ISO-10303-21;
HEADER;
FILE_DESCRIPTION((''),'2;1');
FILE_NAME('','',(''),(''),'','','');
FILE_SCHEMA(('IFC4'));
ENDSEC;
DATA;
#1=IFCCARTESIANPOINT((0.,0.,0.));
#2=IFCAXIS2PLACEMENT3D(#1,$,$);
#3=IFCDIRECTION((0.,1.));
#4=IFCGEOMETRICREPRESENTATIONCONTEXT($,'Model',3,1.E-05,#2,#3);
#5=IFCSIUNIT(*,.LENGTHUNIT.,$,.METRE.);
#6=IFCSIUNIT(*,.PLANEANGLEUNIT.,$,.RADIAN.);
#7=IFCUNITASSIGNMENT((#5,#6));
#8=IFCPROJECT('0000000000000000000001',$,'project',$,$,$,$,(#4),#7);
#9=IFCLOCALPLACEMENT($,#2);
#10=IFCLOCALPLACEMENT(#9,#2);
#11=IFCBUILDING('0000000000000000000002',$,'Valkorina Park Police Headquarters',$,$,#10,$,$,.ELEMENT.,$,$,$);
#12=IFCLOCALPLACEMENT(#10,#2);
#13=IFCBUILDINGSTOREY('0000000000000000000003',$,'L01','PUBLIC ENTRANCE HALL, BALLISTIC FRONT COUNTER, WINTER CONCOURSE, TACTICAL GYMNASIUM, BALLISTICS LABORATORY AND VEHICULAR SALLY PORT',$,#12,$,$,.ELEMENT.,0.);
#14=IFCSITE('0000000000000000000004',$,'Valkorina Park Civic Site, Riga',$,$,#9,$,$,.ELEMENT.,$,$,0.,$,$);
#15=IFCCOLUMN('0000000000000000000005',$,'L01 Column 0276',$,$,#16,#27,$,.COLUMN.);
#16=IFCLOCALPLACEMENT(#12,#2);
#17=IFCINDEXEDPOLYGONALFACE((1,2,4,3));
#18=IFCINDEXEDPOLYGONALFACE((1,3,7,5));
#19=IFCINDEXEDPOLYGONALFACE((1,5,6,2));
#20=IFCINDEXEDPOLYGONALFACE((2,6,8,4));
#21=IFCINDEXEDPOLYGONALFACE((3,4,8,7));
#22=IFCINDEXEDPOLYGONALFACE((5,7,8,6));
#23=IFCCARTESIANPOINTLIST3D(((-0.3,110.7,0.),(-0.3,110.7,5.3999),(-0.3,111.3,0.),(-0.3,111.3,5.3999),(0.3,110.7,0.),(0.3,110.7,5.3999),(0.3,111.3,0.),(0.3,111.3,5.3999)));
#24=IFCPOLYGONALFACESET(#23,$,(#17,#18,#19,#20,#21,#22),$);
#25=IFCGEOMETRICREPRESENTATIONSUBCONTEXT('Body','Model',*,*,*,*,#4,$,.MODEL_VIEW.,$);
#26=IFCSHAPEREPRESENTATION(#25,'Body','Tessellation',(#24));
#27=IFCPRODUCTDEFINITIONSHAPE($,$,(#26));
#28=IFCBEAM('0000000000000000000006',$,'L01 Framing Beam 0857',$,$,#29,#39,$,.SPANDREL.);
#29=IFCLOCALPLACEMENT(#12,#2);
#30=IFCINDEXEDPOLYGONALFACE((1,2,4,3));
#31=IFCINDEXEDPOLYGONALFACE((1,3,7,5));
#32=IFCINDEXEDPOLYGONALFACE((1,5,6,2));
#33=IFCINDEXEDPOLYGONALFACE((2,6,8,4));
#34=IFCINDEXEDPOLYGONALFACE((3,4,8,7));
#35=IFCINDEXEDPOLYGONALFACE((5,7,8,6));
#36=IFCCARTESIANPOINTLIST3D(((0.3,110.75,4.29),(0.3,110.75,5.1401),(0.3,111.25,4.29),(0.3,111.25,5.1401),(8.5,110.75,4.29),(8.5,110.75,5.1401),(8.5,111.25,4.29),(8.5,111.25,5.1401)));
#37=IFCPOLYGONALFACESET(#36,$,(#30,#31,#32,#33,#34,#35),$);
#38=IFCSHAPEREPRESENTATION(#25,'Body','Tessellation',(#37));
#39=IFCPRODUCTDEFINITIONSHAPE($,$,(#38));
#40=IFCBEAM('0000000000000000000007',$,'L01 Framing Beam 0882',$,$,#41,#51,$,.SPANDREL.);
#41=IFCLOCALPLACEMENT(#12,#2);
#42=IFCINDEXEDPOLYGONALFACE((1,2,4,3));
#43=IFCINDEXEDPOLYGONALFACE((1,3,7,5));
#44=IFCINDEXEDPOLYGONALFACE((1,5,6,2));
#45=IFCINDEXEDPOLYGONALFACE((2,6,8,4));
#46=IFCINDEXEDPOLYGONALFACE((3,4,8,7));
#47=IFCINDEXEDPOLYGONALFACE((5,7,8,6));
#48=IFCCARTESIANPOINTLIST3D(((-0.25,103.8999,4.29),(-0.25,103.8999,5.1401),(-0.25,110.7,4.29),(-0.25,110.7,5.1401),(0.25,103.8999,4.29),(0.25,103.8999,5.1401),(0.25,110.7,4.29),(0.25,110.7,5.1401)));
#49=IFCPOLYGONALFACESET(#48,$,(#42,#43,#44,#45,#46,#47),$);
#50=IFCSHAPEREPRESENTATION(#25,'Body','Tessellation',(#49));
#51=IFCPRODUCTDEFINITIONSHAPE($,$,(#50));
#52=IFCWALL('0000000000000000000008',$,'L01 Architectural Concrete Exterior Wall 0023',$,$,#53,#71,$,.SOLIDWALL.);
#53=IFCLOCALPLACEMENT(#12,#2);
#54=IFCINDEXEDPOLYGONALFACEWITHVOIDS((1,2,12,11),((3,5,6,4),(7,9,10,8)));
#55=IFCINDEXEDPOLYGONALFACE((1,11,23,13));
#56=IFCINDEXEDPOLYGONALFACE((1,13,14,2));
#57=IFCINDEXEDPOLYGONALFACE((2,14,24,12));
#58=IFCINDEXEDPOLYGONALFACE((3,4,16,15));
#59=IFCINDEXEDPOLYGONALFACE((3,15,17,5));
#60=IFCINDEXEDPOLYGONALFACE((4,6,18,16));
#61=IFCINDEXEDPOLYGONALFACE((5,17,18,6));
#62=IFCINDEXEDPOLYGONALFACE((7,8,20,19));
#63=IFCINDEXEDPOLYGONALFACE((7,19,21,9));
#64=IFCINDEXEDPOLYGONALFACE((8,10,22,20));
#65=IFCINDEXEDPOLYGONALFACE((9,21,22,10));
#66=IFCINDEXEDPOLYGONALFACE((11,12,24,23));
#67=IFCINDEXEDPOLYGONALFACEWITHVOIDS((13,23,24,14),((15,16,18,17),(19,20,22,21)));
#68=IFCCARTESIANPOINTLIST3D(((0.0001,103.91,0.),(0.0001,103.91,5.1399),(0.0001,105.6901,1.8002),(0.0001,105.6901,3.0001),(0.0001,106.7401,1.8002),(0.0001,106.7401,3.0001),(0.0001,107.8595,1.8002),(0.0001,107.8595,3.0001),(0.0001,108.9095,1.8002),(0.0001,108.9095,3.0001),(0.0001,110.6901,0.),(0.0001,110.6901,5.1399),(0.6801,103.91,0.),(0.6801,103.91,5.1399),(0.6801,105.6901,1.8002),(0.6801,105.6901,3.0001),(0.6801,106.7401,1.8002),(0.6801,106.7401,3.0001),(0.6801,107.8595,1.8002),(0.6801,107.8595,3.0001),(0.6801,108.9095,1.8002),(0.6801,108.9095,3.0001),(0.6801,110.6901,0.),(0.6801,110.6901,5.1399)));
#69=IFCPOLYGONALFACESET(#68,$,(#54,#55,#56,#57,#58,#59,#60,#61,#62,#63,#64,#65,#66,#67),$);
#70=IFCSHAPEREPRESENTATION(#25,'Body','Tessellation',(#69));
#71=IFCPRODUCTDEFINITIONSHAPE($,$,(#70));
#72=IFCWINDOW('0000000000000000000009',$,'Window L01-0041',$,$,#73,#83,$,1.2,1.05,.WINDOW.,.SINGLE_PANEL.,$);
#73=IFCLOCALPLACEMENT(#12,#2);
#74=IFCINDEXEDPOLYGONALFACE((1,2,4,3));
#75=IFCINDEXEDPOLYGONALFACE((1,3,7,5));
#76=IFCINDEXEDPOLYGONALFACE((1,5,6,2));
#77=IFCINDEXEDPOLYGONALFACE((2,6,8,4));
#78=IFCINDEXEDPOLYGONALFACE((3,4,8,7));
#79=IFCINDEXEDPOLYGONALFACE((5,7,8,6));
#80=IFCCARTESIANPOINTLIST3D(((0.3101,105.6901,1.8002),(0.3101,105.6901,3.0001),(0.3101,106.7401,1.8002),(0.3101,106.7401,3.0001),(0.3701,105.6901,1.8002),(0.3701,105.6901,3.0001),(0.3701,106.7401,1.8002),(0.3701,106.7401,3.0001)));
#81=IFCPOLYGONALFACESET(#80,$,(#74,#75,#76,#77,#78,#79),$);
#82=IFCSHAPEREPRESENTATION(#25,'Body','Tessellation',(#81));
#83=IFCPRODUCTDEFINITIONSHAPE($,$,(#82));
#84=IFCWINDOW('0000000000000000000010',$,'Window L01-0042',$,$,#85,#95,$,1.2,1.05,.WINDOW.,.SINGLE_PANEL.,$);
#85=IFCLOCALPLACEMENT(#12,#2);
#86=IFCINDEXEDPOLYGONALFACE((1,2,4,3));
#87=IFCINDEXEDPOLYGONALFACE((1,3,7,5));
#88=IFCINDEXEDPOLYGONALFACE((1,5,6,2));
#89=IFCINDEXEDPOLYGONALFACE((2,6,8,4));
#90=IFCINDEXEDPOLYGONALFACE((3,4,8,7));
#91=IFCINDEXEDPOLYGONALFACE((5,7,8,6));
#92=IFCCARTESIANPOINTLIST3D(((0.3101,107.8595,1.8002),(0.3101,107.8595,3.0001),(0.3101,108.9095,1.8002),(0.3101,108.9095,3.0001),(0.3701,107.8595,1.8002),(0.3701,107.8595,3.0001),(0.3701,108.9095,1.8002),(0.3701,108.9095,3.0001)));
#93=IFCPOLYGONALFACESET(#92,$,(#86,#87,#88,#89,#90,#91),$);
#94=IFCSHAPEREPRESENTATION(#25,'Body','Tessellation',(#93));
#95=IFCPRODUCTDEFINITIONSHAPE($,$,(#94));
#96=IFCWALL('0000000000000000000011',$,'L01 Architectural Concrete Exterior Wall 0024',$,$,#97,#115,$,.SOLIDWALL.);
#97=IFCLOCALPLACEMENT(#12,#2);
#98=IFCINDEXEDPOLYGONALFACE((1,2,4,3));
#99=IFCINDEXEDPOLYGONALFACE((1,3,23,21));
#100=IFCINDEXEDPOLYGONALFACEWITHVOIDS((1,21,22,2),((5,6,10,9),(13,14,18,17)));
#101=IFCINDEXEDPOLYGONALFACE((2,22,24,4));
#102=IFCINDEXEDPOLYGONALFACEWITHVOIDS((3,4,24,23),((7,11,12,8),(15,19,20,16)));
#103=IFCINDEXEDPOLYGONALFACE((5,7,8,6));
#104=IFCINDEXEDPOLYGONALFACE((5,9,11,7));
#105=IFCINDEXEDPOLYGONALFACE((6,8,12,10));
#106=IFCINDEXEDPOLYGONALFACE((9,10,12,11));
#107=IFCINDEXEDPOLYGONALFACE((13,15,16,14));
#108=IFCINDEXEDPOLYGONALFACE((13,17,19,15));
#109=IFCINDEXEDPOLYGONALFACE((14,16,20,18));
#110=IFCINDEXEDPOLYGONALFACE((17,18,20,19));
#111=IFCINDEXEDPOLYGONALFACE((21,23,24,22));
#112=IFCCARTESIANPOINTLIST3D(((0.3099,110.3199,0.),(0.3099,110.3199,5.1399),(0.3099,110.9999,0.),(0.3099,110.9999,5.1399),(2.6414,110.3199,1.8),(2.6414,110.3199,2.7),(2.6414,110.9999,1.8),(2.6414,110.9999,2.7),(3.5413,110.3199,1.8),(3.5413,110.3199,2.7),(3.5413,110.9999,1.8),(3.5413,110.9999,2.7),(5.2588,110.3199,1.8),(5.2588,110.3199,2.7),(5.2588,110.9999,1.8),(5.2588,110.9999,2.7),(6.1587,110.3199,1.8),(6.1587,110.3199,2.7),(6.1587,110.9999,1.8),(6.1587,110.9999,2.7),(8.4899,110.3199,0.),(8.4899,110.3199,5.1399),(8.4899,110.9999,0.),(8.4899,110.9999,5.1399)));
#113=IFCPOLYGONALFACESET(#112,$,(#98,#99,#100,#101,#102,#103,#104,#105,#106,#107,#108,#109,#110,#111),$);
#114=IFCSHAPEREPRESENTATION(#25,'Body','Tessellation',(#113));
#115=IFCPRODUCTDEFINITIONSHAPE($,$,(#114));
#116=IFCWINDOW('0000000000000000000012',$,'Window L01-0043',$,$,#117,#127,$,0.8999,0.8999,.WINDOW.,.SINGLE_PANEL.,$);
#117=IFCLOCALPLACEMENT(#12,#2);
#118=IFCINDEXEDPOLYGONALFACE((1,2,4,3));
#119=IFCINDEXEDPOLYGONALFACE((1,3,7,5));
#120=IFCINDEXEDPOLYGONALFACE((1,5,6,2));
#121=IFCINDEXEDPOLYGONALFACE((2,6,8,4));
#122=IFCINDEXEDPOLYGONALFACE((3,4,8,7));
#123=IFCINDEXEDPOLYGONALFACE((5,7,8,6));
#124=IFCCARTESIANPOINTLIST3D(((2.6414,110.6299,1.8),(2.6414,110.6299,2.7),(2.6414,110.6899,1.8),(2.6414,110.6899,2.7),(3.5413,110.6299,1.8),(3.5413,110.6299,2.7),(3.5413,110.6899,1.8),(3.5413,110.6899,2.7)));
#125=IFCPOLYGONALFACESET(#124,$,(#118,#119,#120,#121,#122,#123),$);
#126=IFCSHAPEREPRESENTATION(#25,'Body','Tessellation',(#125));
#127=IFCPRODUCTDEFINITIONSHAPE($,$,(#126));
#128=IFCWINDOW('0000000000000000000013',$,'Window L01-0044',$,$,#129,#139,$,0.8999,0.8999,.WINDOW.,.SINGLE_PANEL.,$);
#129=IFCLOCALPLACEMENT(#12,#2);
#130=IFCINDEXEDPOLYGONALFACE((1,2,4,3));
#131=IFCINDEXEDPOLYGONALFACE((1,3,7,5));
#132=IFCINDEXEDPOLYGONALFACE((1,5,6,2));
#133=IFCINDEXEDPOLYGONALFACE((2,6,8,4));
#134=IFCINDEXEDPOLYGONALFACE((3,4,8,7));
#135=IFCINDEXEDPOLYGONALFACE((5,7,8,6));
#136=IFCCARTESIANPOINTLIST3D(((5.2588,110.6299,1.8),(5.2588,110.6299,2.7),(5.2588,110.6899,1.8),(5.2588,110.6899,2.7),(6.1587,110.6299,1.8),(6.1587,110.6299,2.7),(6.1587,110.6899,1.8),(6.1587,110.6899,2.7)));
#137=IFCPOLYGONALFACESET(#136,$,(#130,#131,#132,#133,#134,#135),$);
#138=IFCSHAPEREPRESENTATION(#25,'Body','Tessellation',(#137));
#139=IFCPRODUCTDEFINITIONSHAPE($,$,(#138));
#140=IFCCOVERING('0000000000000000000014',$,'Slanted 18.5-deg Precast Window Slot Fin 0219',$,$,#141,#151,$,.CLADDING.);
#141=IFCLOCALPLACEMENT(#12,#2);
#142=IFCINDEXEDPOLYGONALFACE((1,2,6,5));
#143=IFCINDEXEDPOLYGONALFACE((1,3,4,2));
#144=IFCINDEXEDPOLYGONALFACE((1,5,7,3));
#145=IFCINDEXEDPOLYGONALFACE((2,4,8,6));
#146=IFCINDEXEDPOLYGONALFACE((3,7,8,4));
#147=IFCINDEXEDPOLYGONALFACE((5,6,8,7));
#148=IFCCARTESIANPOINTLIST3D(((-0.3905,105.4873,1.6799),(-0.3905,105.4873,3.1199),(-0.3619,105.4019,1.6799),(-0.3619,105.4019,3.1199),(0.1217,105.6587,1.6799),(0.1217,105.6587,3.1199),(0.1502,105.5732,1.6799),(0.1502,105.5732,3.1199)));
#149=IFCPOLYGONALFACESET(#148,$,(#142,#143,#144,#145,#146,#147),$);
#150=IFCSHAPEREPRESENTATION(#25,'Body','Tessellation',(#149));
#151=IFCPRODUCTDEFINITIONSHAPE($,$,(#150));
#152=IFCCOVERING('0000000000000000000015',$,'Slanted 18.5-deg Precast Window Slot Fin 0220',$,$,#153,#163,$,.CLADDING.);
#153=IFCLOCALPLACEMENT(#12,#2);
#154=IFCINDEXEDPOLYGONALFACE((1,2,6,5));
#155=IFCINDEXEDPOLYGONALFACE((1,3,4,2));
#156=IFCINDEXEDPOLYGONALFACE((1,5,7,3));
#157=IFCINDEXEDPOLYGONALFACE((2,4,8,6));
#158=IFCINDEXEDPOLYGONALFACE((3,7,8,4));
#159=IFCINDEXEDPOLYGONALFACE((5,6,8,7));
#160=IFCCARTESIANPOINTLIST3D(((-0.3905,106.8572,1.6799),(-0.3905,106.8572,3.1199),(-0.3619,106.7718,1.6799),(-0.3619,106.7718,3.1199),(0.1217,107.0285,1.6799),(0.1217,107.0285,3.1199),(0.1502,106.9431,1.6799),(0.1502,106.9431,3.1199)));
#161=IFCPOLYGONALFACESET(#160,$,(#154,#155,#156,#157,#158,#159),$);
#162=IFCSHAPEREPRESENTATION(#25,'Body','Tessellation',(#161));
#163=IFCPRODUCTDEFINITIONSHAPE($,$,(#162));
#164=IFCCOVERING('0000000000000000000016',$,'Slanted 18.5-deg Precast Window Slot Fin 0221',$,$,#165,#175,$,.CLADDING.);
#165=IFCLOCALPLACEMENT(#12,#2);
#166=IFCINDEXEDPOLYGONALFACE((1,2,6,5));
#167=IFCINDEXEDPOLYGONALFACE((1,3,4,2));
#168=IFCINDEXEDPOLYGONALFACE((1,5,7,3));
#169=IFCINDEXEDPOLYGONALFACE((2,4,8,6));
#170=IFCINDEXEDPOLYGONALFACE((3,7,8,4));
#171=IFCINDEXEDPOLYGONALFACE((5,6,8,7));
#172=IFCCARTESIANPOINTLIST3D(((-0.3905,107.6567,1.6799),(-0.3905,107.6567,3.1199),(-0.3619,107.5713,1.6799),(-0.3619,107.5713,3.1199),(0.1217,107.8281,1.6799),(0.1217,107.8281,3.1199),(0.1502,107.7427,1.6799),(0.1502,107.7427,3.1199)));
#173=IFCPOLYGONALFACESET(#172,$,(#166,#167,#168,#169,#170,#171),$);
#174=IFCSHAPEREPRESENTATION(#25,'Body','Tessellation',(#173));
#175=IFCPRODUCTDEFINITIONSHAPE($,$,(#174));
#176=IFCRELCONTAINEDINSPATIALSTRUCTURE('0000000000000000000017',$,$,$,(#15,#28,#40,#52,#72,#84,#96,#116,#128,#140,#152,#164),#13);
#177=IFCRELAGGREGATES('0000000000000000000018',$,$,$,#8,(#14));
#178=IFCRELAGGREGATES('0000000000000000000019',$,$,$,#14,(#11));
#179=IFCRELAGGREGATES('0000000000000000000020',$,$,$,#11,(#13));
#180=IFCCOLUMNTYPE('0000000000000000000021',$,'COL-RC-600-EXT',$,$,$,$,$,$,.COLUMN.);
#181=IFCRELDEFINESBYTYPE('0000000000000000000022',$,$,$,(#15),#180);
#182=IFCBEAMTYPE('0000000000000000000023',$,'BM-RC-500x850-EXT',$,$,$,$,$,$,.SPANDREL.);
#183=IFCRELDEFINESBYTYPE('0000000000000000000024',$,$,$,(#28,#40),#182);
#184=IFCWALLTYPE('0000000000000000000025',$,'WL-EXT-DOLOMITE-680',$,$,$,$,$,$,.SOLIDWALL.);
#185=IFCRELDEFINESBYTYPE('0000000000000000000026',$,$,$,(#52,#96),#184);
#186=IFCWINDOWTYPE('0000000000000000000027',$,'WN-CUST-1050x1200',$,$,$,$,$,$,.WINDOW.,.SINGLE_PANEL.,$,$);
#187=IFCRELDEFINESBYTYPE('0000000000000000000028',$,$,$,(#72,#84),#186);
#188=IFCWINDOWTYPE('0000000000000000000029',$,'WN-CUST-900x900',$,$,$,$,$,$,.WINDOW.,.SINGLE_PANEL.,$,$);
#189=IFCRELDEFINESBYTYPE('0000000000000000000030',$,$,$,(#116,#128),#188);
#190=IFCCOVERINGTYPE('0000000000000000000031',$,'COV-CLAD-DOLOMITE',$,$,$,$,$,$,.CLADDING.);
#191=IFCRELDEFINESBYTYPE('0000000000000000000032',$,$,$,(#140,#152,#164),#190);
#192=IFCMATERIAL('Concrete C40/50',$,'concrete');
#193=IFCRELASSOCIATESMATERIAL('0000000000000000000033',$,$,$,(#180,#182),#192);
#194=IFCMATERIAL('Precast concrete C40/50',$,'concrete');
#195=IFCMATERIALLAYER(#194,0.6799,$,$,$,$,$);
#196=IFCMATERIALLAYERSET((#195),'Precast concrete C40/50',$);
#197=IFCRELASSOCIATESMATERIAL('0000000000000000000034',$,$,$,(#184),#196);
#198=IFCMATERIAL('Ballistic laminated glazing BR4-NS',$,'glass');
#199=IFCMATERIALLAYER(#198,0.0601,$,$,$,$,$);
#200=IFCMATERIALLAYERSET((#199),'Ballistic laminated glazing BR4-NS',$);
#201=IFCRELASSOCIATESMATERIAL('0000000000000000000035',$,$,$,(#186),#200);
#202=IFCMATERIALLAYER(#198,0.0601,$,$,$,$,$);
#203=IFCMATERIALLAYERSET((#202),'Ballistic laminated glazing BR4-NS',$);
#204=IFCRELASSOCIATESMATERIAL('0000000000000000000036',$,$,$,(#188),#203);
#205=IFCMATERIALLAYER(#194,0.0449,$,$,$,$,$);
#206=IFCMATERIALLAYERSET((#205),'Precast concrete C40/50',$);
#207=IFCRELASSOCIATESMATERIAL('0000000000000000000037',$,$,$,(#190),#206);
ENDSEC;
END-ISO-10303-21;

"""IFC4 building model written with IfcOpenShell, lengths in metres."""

from ifc_helpers import new_model, si_unit, direction, frame, frame_2d, origin, origin_2d, place, context, subcontext, project, spatial, rectangle, extrude, material, layer, layer_set, material_profile, profile_set, type_object, element, fill, save


model = new_model("IFC4")

# Units and contexts
model_context = context("Model", 3, precision=1e-05, world=origin(), true_north=direction((0.0, 1.0)))
body_context = subcontext(model_context, "Body", "Model", "MODEL_VIEW")
ifc_project = project(units=[si_unit("LENGTHUNIT", "METRE"), si_unit("PLANEANGLEUNIT", "RADIAN")], contexts=[model_context])

# Site, building, storey
site_placement = place(None, origin())
site = spatial("IfcSite", under=ifc_project, at=site_placement, Name="Valkorina Park Civic Site, Riga", CompositionType="ELEMENT", RefElevation=0.0)
building_placement = place(site_placement, origin())
building = spatial("IfcBuilding", under=site, at=building_placement, Name="Valkorina Park Police Headquarters", CompositionType="ELEMENT")
storey_placement = place(building_placement, origin())
storey = spatial("IfcBuildingStorey", under=building, at=storey_placement, Name="L01", Description="PUBLIC ENTRANCE HALL, BALLISTIC FRONT COUNTER, WINTER CONCOURSE, TACTICAL GYMNASIUM, BALLISTICS LABORATORY AND VEHICULAR SALLY PORT", CompositionType="ELEMENT", Elevation=0.0)

# Column
ifc_material_1 = material(Name="Concrete C40/50", Category="concrete")
ifc_material_profile_1 = material_profile(ifc_material_1, rectangle(XDim=0.6001, YDim=0.6001, at=origin_2d()), Name="RC COL 600x600")
ifc_profile_set_1 = profile_set([ifc_material_profile_1], Name="Concrete C40/50")
column_type = type_object("IfcColumnType", Name="COL-RC-600-EXT", PredefinedType="COLUMN", material=ifc_profile_set_1)
column_placement = place(storey_placement, frame((0.0, 111.0, 0.0), z_axis=(0.0, 0.0, 1.0), x_axis=(1.0, 0.0, 0.0)))
element("IfcColumn", 1, at=column_placement, inside=storey, type_object=column_type, Name="L01 Column 0276", PredefinedType="COLUMN", context=body_context, shape_type="SweptSolid", body=[
    extrude(rectangle(XDim=0.6001, YDim=0.6001, at=origin_2d()), origin(), (0.0, 0.0, 1.0), 5.3999),
])

# Beams
ifc_material_profile_2 = material_profile(ifc_material_1, rectangle(XDim=0.5, YDim=0.8501, at=origin_2d()), Name="RC BEAM 500x850")
ifc_profile_set_2 = profile_set([ifc_material_profile_2], Name="Concrete C40/50")
beam_type = type_object("IfcBeamType", Name="BM-RC-500x850-EXT", PredefinedType="SPANDREL", material=ifc_profile_set_2)
beam_1_placement = place(storey_placement, frame((0.3, 111.0, 4.7151), z_axis=(1.0, 0.0, 0.0), x_axis=(0.0, 1.0, 0.0)))
element("IfcBeam", 2, at=beam_1_placement, inside=storey, type_object=beam_type, Name="L01 Framing Beam 0857", PredefinedType="SPANDREL", context=body_context, shape_type="SweptSolid", body=[
    extrude(rectangle(XDim=0.5, YDim=0.8501, at=origin_2d()), origin(), (0.0, 0.0, 1.0), 8.2),
])
beam_2_placement = place(storey_placement, frame((0.0, 103.8999, 4.7151), z_axis=(0.0, 1.0, 0.0), x_axis=(-1.0, 0.0, 0.0)))
element("IfcBeam", 3, at=beam_2_placement, inside=storey, type_object=beam_type, Name="L01 Framing Beam 0882", PredefinedType="SPANDREL", context=body_context, shape_type="SweptSolid", body=[
    extrude(rectangle(XDim=0.5, YDim=0.8501, at=origin_2d()), origin(), (0.0, 0.0, 1.0), 6.8),
])

# Walls, openings, windows
ifc_material_2 = material(Name="Precast concrete C40/50", Category="concrete")
ifc_layer_1 = layer(ifc_material_2, 0.6799)
ifc_layer_set_1 = layer_set([ifc_layer_1], Name="Precast concrete C40/50")
wall_type = type_object("IfcWallType", Name="WL-EXT-DOLOMITE-680", PredefinedType="SOLIDWALL", material=ifc_layer_set_1)
wall_1_placement = place(storey_placement, frame((0.3401, 103.9099, 0.0), z_axis=(0.0, 0.0, 1.0), x_axis=(0.0, 1.0, 0.0)))
wall_1 = element("IfcWall", 4, at=wall_1_placement, inside=storey, type_object=wall_type, Name="L01 Architectural Concrete Exterior Wall 0023", PredefinedType="SOLIDWALL", context=body_context, shape_type="SweptSolid", body=[
    extrude(rectangle(XDim=6.78, YDim=0.6799, at=frame_2d((3.3901, 0.0))), origin(), (0.0, 0.0, 1.0), 5.1399),
])
opening_1_placement = place(wall_1_placement, frame((1.7803, 0.0, 1.8)))
opening_1 = element("IfcOpeningElement", 5, at=opening_1_placement, cuts=wall_1, PredefinedType="OPENING", context=body_context, shape_type="SweptSolid", body=[
    extrude(rectangle(XDim=1.05, YDim=1.2, at=frame_2d((0.5249, 0.6001))), frame((0.0, 0.3501, 0.0), z_axis=(0.0, -1.0, 0.0), x_axis=(1.0, 0.0, 0.0)), (0.0, 0.0, 1.0), 0.7),
])
opening_2_placement = place(wall_1_placement, frame((3.9497, 0.0, 1.8)))
opening_2 = element("IfcOpeningElement", 6, at=opening_2_placement, cuts=wall_1, PredefinedType="OPENING", context=body_context, shape_type="SweptSolid", body=[
    extrude(rectangle(XDim=1.05, YDim=1.2, at=frame_2d((0.5249, 0.6001))), frame((0.0, 0.3501, 0.0), z_axis=(0.0, -1.0, 0.0), x_axis=(1.0, 0.0, 0.0)), (0.0, 0.0, 1.0), 0.7),
])
ifc_material_3 = material(Name="Ballistic laminated glazing BR4-NS", Category="glass")
ifc_layer_2 = layer(ifc_material_3, 0.0601)
ifc_layer_set_2 = layer_set([ifc_layer_2], Name="Ballistic laminated glazing BR4-NS")
window_type_1 = type_object("IfcWindowType", Name="WN-CUST-1050x1200", PartitioningType="SINGLE_PANEL", PredefinedType="WINDOW", material=ifc_layer_set_2)
window_1_placement = place(opening_1_placement, origin())
window_1 = element("IfcWindow", 7, at=window_1_placement, inside=storey, type_object=window_type_1, Name="Window L01-0041", OverallHeight=1.2, OverallWidth=1.05, PartitioningType="SINGLE_PANEL", PredefinedType="WINDOW", context=body_context, shape_type="SweptSolid", body=[
    extrude(rectangle(XDim=1.05, YDim=1.2, at=frame_2d((0.5249, 0.6001))), frame((0.0, 0.03, 0.0), z_axis=(0.0, -1.0, 0.0), x_axis=(1.0, 0.0, 0.0)), (0.0, 0.0, 1.0), 0.0601),
])
fill(opening_1, window_1)
window_2_placement = place(opening_2_placement, origin())
window_2 = element("IfcWindow", 8, at=window_2_placement, inside=storey, type_object=window_type_1, Name="Window L01-0042", OverallHeight=1.2, OverallWidth=1.05, PartitioningType="SINGLE_PANEL", PredefinedType="WINDOW", context=body_context, shape_type="SweptSolid", body=[
    extrude(rectangle(XDim=1.05, YDim=1.2, at=frame_2d((0.5249, 0.6001))), frame((0.0, 0.03, 0.0), z_axis=(0.0, -1.0, 0.0), x_axis=(1.0, 0.0, 0.0)), (0.0, 0.0, 1.0), 0.0601),
])
fill(opening_2, window_2)
wall_2_placement = place(storey_placement, frame((0.3101, 110.6599, 0.0), z_axis=(0.0, 0.0, 1.0), x_axis=(1.0, 0.0, 0.0)))
wall_2 = element("IfcWall", 9, at=wall_2_placement, inside=storey, type_object=wall_type, Name="L01 Architectural Concrete Exterior Wall 0024", PredefinedType="SOLIDWALL", context=body_context, shape_type="SweptSolid", body=[
    extrude(rectangle(XDim=8.1799, YDim=0.6799, at=frame_2d((4.0898, 0.0))), origin(), (0.0, 0.0, 1.0), 5.1399),
])
opening_3_placement = place(wall_2_placement, frame((2.3313, 0.0, 1.8)))
opening_3 = element("IfcOpeningElement", 10, at=opening_3_placement, cuts=wall_2, PredefinedType="OPENING", context=body_context, shape_type="SweptSolid", body=[
    extrude(rectangle(XDim=0.8999, YDim=0.8999, at=frame_2d((0.45, 0.45))), frame((0.0, 0.3501, 0.0), z_axis=(0.0, -1.0, 0.0), x_axis=(1.0, 0.0, 0.0)), (0.0, 0.0, 1.0), 0.7),
])
opening_4_placement = place(wall_2_placement, frame((4.9487, 0.0, 1.8)))
opening_4 = element("IfcOpeningElement", 11, at=opening_4_placement, cuts=wall_2, PredefinedType="OPENING", context=body_context, shape_type="SweptSolid", body=[
    extrude(rectangle(XDim=0.8999, YDim=0.8999, at=frame_2d((0.45, 0.45))), frame((0.0, 0.3501, 0.0), z_axis=(0.0, -1.0, 0.0), x_axis=(1.0, 0.0, 0.0)), (0.0, 0.0, 1.0), 0.7),
])
ifc_layer_3 = layer(ifc_material_3, 0.0601)
ifc_layer_set_3 = layer_set([ifc_layer_3], Name="Ballistic laminated glazing BR4-NS")
window_type_2 = type_object("IfcWindowType", Name="WN-CUST-900x900", PartitioningType="SINGLE_PANEL", PredefinedType="WINDOW", material=ifc_layer_set_3)
window_3_placement = place(opening_3_placement, origin())
window_3 = element("IfcWindow", 12, at=window_3_placement, inside=storey, type_object=window_type_2, Name="Window L01-0043", OverallHeight=0.8999, OverallWidth=0.8999, PartitioningType="SINGLE_PANEL", PredefinedType="WINDOW", context=body_context, shape_type="SweptSolid", body=[
    extrude(rectangle(XDim=0.8999, YDim=0.8999, at=frame_2d((0.45, 0.45))), frame((0.0, 0.03, 0.0), z_axis=(0.0, -1.0, 0.0), x_axis=(1.0, 0.0, 0.0)), (0.0, 0.0, 1.0), 0.0601),
])
fill(opening_3, window_3)
window_4_placement = place(opening_4_placement, origin())
window_4 = element("IfcWindow", 13, at=window_4_placement, inside=storey, type_object=window_type_2, Name="Window L01-0044", OverallHeight=0.8999, OverallWidth=0.8999, PartitioningType="SINGLE_PANEL", PredefinedType="WINDOW", context=body_context, shape_type="SweptSolid", body=[
    extrude(rectangle(XDim=0.8999, YDim=0.8999, at=frame_2d((0.45, 0.45))), frame((0.0, 0.03, 0.0), z_axis=(0.0, -1.0, 0.0), x_axis=(1.0, 0.0, 0.0)), (0.0, 0.0, 1.0), 0.0601),
])
fill(opening_4, window_4)

# Coverings
ifc_layer_4 = layer(ifc_material_2, 0.0449)
ifc_layer_set_4 = layer_set([ifc_layer_4], Name="Precast concrete C40/50")
covering_type = type_object("IfcCoveringType", Name="COV-CLAD-DOLOMITE", PredefinedType="CLADDING", material=ifc_layer_set_4)
for number, where, z_axis, x_axis, name in (
    (14, (-0.1201, 105.5303, 1.6799), (0.0, 0.0, 1.0), (-0.948324, -0.317305, 0.0), "Slanted 18.5-deg Precast Window Slot Fin 0219"),
    (15, (-0.1201, 106.9001, 1.6799), (0.0, 0.0, 1.0), (-0.948324, -0.317305, 0.0), "Slanted 18.5-deg Precast Window Slot Fin 0220"),
    (16, (-0.1201, 107.6997, 1.6799), (0.0, 0.0, 1.0), (-0.948324, -0.317305, 0.0), "Slanted 18.5-deg Precast Window Slot Fin 0221"),
):
    element("IfcCovering", number, at=place(storey_placement, frame(where, z_axis=z_axis, x_axis=x_axis)), inside=storey, type_object=covering_type, Name=name, PredefinedType="CLADDING", context=body_context, shape_type="SweptSolid", body=[
        extrude(rectangle(XDim=0.54, YDim=0.0901, at=origin_2d()), origin(), (0.0, 0.0, 1.0), 1.4399),
    ])

save(model, "model.ifc")
